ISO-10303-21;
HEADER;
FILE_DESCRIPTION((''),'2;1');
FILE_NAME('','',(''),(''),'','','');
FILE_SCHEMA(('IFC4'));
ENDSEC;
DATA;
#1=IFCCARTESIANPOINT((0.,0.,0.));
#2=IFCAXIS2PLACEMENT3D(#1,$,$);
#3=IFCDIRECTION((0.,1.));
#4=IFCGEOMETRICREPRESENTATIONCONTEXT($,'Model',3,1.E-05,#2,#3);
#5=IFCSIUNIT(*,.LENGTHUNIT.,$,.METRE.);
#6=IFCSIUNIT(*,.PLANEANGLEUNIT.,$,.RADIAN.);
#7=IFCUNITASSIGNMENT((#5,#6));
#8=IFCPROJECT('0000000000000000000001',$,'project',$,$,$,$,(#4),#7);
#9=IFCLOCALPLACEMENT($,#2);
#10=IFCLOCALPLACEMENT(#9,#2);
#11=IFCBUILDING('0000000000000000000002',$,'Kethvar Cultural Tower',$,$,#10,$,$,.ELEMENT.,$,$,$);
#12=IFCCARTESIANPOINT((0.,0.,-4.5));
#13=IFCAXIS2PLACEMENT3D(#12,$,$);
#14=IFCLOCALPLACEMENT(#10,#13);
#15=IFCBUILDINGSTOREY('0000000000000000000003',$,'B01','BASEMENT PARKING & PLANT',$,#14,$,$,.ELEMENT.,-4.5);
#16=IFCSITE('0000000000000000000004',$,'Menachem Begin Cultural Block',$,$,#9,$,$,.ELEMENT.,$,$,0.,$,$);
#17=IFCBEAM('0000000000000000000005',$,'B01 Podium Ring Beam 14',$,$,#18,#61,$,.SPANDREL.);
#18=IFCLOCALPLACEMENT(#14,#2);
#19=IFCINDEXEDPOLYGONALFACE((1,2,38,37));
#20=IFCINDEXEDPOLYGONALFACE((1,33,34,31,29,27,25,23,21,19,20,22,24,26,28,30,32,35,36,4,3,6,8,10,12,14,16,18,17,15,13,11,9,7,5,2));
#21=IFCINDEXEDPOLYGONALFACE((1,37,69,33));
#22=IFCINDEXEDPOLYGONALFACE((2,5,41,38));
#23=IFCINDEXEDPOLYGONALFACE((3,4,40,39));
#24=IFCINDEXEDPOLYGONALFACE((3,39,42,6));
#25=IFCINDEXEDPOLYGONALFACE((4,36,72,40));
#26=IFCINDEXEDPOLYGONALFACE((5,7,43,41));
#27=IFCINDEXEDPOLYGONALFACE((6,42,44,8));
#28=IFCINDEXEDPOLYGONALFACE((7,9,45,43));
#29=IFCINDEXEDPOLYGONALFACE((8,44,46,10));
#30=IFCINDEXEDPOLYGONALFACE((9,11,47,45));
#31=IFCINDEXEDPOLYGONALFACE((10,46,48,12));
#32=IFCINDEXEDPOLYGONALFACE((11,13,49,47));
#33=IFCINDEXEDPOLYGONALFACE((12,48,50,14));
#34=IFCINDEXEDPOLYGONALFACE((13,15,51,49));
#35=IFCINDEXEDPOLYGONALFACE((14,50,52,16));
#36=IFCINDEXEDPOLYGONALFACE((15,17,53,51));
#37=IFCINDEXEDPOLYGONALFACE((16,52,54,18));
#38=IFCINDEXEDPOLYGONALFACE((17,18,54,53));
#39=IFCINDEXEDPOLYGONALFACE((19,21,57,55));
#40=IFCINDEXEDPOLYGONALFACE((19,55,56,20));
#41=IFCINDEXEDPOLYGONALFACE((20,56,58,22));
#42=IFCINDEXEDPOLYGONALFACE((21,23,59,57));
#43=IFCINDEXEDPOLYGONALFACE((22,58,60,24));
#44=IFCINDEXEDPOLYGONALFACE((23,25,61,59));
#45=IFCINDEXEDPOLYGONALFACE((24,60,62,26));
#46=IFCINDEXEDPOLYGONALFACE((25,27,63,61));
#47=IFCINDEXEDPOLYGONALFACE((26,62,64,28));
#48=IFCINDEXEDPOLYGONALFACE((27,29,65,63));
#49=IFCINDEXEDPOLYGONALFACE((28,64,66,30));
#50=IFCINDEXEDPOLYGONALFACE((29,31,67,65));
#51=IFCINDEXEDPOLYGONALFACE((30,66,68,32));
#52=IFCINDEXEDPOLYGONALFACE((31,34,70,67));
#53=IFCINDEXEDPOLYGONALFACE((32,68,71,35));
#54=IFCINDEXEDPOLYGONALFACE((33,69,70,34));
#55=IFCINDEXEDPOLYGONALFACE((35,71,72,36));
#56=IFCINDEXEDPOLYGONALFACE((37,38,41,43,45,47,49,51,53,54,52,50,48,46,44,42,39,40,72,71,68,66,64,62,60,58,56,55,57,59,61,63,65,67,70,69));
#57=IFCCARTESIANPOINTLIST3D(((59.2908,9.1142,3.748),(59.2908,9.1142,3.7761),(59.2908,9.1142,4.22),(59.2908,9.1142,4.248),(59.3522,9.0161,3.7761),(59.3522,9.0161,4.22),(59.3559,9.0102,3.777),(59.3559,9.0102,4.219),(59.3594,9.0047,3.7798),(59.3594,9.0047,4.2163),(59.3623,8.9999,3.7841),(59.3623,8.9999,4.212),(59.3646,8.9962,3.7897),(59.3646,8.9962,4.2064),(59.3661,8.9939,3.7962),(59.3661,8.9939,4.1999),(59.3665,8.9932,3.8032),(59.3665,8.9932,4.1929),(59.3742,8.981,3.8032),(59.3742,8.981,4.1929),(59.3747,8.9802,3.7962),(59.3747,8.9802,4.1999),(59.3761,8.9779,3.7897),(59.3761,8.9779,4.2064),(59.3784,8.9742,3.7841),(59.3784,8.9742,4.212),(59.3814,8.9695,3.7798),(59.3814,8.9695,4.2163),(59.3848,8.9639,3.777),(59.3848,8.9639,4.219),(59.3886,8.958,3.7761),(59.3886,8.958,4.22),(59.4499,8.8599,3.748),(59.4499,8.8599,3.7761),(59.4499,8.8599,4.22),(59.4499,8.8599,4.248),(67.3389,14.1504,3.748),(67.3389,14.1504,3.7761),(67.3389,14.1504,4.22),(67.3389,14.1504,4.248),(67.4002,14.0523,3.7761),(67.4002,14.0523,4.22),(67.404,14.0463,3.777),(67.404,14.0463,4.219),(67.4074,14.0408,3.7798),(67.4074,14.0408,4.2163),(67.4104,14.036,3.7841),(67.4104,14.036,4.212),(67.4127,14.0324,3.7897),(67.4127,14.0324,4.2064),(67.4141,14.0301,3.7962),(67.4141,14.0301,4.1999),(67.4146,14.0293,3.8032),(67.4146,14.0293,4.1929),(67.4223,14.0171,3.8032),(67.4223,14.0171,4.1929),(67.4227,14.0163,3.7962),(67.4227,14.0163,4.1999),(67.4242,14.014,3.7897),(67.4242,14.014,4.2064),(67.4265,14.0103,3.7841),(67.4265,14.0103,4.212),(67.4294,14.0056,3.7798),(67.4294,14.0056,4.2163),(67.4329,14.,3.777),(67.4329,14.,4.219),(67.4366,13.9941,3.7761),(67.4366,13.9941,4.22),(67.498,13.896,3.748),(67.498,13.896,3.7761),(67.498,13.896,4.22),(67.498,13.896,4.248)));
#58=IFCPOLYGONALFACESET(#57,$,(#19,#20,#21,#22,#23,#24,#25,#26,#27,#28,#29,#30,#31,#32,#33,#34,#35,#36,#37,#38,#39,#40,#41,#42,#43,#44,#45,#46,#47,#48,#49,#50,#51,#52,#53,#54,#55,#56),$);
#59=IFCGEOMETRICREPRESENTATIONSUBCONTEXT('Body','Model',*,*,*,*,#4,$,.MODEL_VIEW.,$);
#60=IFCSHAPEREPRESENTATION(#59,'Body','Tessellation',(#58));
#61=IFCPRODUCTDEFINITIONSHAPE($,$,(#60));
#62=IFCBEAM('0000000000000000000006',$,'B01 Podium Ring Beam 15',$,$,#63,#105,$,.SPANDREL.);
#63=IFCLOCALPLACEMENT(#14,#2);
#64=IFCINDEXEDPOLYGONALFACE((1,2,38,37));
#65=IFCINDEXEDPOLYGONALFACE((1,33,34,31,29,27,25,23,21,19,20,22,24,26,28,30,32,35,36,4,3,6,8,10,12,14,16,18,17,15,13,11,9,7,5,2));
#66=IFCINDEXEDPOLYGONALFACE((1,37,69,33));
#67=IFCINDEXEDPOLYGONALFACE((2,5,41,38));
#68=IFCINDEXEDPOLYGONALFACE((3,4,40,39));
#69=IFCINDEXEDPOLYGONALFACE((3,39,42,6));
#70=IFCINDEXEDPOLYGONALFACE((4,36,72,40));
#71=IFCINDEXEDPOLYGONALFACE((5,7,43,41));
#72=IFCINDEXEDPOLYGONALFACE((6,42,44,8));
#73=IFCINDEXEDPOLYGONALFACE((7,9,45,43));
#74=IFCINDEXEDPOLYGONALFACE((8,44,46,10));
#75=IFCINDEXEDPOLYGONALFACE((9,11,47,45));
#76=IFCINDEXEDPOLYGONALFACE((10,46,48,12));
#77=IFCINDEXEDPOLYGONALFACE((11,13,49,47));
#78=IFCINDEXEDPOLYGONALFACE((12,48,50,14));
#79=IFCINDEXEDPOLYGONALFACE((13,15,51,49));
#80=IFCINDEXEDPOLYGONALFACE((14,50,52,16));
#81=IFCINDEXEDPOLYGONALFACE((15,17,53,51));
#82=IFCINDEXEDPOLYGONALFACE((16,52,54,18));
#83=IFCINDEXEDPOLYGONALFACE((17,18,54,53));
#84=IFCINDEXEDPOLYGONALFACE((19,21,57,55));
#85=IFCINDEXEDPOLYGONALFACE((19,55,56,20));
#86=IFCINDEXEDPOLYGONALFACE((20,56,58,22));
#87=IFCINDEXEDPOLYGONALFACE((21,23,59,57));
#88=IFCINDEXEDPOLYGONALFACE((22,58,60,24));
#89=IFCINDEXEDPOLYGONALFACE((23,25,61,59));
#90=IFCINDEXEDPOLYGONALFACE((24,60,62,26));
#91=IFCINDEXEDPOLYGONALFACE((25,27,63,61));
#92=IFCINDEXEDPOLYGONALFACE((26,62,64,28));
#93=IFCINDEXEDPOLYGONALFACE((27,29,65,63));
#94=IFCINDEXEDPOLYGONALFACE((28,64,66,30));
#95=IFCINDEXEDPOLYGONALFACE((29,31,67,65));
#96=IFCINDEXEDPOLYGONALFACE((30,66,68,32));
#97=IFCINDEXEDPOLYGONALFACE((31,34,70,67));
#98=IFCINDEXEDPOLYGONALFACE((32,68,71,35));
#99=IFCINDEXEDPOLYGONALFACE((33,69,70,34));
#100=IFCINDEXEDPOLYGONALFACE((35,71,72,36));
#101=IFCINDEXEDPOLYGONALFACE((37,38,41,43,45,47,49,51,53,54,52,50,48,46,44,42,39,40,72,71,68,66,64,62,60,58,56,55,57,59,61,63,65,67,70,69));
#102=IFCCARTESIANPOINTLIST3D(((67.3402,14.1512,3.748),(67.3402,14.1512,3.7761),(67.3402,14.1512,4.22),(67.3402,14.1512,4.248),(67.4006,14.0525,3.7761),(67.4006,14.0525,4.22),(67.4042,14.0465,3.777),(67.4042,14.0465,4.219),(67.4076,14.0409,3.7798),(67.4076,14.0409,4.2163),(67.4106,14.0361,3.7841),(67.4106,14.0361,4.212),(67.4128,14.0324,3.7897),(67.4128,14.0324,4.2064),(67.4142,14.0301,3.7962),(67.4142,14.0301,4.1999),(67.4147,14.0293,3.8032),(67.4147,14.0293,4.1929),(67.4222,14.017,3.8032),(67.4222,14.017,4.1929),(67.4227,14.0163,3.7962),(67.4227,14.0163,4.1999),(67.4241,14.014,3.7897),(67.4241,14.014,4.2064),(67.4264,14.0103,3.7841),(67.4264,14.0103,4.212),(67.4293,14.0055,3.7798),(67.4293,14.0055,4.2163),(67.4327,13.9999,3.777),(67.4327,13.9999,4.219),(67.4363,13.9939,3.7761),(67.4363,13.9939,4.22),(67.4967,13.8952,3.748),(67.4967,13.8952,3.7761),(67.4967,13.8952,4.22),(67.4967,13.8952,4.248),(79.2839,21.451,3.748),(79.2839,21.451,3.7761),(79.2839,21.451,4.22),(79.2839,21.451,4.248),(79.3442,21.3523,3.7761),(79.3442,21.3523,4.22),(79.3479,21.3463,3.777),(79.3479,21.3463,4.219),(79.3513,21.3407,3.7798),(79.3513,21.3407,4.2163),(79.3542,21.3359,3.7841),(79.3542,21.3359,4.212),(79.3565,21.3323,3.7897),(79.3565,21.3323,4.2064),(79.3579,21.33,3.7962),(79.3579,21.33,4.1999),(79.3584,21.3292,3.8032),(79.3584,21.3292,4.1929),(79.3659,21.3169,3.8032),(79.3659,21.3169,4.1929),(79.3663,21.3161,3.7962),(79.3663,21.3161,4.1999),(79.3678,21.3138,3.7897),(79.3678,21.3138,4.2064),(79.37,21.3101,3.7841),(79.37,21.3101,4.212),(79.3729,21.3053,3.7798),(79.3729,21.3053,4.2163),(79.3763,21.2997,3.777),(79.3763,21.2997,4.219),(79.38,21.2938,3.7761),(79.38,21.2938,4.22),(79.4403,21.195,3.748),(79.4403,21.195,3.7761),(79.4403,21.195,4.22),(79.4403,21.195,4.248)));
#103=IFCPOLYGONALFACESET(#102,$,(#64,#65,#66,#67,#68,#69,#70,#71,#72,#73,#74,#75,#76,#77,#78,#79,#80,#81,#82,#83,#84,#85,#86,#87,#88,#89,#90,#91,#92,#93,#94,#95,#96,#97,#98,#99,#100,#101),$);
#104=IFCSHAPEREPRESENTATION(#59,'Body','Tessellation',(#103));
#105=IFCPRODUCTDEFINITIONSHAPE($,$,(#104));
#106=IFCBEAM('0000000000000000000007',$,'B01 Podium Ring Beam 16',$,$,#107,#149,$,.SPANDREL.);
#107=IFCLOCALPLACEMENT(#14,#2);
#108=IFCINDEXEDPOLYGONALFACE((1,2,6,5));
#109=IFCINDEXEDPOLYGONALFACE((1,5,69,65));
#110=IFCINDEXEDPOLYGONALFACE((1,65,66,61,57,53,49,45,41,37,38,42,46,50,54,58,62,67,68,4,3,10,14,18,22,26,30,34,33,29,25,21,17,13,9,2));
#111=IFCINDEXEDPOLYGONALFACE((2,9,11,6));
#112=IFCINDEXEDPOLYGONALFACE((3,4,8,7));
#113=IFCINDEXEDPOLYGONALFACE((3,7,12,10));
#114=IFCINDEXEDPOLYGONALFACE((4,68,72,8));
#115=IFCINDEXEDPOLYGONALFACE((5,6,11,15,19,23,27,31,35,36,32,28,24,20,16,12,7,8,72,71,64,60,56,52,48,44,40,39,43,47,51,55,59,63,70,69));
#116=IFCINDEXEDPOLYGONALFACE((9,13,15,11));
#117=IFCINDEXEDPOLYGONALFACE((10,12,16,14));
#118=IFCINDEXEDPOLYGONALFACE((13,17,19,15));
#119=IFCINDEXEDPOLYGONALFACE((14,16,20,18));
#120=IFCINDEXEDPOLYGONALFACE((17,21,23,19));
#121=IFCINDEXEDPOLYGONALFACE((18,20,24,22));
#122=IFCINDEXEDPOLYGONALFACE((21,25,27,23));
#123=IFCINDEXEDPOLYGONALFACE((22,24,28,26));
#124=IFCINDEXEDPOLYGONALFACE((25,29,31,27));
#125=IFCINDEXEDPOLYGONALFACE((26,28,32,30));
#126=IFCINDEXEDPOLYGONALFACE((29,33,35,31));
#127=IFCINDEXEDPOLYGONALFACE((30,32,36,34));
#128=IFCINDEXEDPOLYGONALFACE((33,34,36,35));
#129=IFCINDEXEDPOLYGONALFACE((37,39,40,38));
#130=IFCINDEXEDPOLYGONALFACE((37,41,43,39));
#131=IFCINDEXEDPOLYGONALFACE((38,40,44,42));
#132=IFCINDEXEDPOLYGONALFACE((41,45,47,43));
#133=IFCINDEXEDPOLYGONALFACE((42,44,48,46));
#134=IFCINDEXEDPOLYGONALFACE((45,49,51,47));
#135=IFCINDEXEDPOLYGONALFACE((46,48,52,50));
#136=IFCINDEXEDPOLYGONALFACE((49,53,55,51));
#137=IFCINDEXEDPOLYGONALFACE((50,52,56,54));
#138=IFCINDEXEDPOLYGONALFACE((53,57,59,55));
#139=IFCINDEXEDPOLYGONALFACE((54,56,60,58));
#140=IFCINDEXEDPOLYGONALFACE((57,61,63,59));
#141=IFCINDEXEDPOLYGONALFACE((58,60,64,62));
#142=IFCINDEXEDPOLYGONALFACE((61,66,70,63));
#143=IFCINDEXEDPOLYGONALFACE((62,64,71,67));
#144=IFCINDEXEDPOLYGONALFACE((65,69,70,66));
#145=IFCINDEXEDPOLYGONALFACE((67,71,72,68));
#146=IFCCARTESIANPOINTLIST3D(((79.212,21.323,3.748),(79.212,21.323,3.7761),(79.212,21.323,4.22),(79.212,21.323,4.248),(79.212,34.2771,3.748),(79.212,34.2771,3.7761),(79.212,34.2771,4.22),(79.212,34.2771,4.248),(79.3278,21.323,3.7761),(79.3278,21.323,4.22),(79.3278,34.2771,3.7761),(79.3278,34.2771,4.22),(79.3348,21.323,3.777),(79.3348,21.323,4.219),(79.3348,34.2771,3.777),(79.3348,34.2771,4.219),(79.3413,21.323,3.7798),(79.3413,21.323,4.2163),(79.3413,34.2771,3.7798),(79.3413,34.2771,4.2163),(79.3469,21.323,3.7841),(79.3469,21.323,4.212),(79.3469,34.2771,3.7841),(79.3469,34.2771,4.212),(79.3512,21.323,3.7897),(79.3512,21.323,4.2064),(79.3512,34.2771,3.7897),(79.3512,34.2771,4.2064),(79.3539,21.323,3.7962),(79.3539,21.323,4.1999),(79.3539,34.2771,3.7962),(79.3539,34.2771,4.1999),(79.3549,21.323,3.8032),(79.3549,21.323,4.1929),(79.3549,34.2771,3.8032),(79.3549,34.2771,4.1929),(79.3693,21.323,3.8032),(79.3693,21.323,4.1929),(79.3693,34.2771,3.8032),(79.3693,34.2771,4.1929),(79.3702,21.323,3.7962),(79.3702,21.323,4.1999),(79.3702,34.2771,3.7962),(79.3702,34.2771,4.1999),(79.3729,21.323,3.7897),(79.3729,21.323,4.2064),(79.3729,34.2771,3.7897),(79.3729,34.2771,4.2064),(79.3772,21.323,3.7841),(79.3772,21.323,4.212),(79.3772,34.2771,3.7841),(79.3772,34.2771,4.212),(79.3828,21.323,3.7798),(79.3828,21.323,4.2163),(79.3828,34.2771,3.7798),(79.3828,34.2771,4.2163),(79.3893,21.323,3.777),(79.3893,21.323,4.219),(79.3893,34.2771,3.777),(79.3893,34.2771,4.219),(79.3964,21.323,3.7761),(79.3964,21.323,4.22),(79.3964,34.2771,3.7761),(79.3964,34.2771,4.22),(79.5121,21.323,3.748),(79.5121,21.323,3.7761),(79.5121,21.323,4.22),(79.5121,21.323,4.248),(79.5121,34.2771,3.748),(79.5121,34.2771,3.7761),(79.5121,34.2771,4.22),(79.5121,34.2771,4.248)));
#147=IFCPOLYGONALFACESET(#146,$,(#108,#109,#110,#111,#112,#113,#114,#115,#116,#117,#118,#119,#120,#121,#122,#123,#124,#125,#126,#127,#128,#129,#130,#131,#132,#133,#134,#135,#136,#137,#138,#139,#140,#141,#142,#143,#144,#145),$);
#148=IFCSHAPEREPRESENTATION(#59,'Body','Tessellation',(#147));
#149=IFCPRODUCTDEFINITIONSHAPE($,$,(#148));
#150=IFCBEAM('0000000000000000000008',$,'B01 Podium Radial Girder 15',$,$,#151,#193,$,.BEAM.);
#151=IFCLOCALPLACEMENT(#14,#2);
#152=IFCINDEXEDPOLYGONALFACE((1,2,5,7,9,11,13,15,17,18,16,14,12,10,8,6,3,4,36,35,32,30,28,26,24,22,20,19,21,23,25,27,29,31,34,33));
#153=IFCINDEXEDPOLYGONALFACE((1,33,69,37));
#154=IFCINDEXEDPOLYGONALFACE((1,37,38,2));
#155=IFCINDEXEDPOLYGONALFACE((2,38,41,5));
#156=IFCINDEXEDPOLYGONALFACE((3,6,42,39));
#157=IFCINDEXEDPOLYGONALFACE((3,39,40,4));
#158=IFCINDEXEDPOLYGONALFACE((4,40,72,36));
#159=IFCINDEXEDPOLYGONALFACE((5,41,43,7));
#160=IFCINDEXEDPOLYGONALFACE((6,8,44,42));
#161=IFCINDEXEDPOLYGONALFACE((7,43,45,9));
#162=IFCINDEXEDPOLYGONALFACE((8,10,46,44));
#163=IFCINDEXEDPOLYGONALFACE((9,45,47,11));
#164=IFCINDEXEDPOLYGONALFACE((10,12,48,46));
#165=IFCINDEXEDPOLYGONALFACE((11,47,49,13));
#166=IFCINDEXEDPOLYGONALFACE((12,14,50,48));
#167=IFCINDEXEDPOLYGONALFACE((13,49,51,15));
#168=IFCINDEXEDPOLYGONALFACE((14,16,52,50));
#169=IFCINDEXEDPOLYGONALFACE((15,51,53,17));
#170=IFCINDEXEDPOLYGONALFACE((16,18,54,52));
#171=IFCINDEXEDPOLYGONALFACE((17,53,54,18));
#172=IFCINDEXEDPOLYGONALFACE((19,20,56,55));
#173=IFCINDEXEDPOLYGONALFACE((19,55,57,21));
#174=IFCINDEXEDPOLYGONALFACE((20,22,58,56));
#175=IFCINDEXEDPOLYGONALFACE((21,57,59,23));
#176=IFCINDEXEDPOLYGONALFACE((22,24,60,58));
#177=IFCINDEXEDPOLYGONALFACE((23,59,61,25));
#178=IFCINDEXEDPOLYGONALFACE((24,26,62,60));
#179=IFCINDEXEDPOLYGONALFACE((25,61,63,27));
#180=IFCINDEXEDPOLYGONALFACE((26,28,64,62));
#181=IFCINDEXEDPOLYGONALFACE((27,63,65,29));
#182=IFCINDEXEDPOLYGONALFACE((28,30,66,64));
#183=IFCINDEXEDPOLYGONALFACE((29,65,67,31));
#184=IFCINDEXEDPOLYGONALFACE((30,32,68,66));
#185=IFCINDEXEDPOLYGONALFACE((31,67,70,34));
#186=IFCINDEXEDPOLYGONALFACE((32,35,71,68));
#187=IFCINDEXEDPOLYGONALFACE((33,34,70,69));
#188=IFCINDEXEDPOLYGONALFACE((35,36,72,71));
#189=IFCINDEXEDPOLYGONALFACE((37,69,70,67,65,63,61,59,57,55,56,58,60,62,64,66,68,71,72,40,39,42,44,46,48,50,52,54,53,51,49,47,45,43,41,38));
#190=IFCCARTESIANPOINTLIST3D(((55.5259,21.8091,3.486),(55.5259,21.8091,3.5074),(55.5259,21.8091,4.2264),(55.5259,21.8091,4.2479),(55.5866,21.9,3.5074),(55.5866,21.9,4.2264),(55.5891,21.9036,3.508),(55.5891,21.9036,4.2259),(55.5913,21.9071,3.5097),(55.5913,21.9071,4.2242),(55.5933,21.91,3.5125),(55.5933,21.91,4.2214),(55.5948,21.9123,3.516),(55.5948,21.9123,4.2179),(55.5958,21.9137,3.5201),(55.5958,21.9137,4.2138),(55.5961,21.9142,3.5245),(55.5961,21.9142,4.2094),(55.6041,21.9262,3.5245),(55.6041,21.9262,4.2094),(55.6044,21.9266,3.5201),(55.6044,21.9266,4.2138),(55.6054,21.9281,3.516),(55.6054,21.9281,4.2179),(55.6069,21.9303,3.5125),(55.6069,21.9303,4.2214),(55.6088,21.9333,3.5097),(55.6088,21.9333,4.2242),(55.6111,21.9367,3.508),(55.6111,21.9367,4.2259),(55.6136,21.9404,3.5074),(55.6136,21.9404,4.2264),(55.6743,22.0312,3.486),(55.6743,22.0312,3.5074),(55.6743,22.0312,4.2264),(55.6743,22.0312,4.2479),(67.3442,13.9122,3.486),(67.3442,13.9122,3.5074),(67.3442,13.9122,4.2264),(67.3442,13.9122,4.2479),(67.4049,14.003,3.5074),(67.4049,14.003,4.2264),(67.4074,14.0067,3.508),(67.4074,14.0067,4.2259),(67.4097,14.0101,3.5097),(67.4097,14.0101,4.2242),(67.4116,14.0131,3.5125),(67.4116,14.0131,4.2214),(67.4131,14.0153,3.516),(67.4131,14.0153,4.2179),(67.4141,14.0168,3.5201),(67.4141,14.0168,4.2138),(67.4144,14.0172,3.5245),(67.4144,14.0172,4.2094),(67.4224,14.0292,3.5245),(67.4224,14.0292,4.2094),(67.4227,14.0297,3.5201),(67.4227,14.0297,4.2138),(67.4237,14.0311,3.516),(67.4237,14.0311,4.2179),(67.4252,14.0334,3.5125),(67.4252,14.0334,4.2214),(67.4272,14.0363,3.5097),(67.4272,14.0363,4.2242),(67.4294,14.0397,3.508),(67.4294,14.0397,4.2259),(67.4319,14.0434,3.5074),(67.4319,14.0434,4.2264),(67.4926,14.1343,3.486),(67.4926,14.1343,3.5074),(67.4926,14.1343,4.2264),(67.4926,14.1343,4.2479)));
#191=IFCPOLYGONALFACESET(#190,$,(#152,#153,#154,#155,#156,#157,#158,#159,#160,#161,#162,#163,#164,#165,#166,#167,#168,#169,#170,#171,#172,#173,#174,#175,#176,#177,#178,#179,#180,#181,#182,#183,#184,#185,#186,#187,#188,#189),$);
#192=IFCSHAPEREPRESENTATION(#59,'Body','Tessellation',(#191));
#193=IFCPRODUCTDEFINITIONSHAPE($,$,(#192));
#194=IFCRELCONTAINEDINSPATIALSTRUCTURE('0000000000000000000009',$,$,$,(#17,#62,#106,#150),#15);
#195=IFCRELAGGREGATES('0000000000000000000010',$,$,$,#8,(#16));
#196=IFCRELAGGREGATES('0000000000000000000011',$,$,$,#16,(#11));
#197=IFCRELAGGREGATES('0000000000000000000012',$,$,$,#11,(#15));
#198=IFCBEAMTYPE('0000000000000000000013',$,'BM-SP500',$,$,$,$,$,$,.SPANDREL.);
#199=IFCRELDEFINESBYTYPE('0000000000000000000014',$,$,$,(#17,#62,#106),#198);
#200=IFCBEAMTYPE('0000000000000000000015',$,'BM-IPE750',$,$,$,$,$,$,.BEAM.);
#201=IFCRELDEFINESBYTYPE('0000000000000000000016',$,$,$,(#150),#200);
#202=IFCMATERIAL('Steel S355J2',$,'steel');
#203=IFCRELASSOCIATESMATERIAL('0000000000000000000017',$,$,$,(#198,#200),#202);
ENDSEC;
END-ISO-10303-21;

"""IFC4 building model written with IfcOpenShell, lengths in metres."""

from ifc_helpers import new_model, si_unit, direction, frame, origin, origin_2d, place, context, subcontext, project, spatial, i_section, extrude, source, transform, mapped, material, material_profile, profile_set, type_object, element, save


model = new_model("IFC4")

# Units and contexts
model_context = context("Model", 3, precision=1e-05, world=origin(), true_north=direction((0.0, 1.0)))
body_context = subcontext(model_context, "Body", "Model", "MODEL_VIEW")
ifc_project = project(units=[si_unit("LENGTHUNIT", "METRE"), si_unit("PLANEANGLEUNIT", "RADIAN")], contexts=[model_context])

# Site, building, storey
site_placement = place(None, origin())
site = spatial("IfcSite", under=ifc_project, at=site_placement, Name="Menachem Begin Cultural Block", CompositionType="ELEMENT", RefElevation=0.0)
building_placement = place(site_placement, origin())
building = spatial("IfcBuilding", under=site, at=building_placement, Name="Kethvar Cultural Tower", CompositionType="ELEMENT")
storey_placement = place(building_placement, frame((0.0, 0.0, -4.5)))
storey = spatial("IfcBuildingStorey", under=building, at=storey_placement, Name="B01", Description="BASEMENT PARKING & PLANT", CompositionType="ELEMENT", Elevation=-4.5)

# Beams
ifc_material_1 = material(Name="Steel S355J2", Category="steel")
ifc_material_profile_1 = material_profile(ifc_material_1, i_section(OverallWidth=0.3, OverallDepth=0.5, WebThickness=0.0144, FlangeThickness=0.0281, FilletRadius=0.0271, at=origin_2d()), Name="Steel S355J2 — HEB500")
ifc_profile_set_1 = profile_set([ifc_material_profile_1], Name="Steel S355J2 — HEB500")
beam_type_1 = type_object("IfcBeamType", Name="BM-SP500", PredefinedType="SPANDREL", material=ifc_profile_set_1)
shared_shape_1 = source(origin(), body_context, "Body", "SweptSolid", [
    extrude(i_section(OverallWidth=0.3, OverallDepth=0.5, WebThickness=0.0144, FlangeThickness=0.0281, FilletRadius=0.0271, at=origin_2d()), origin(), (0.0, 0.0, 1.0), 9.4939),
])
beam_1_placement = place(storey_placement, frame((59.3704, 8.9871, 3.998), z_axis=(0.847711, 0.530459, 0.0), x_axis=(-0.530459, 0.847711, 0.0)))
element("IfcBeam", 1, at=beam_1_placement, inside=storey, type_object=beam_type_1, Name="B01 Podium Ring Beam 14", PredefinedType="SPANDREL", context=body_context, shape_type="MappedRepresentation", body=[
    mapped(shared_shape_1, transform((0.0, 0.0, 0.0), scale=1.0)),
])
shared_shape_2 = source(origin(), body_context, "Body", "SweptSolid", [
    extrude(i_section(OverallWidth=0.3, OverallDepth=0.5, WebThickness=0.0144, FlangeThickness=0.0281, FilletRadius=0.0271, at=origin_2d()), origin(), (0.0, 0.0, 1.0), 13.9978),
])
beam_2_placement = place(storey_placement, frame((67.4185, 14.0232, 3.998), z_axis=(0.853252, 0.521499, 0.0), x_axis=(-0.521499, 0.853252, 0.0)))
element("IfcBeam", 2, at=beam_2_placement, inside=storey, type_object=beam_type_1, Name="B01 Podium Ring Beam 15", PredefinedType="SPANDREL", context=body_context, shape_type="MappedRepresentation", body=[
    mapped(shared_shape_2, transform((0.0, 0.0, 0.0), scale=1.0)),
])
shared_shape_3 = source(origin(), body_context, "Body", "SweptSolid", [
    extrude(i_section(OverallWidth=0.3, OverallDepth=0.5, WebThickness=0.0144, FlangeThickness=0.0281, FilletRadius=0.0271, at=origin_2d()), origin(), (0.0, 0.0, 1.0), 12.9541),
])
beam_3_placement = place(storey_placement, frame((79.3621, 21.323, 3.998), z_axis=(0.0, 1.0, 0.0), x_axis=(-1.0, 0.0, 0.0)))
element("IfcBeam", 3, at=beam_3_placement, inside=storey, type_object=beam_type_1, Name="B01 Podium Ring Beam 16", PredefinedType="SPANDREL", context=body_context, shape_type="MappedRepresentation", body=[
    mapped(shared_shape_3, transform((0.0, 0.0, 0.0), scale=1.0)),
])
ifc_material_profile_2 = material_profile(ifc_material_1, i_section(OverallWidth=0.2671, OverallDepth=0.762, WebThickness=0.0144, FlangeThickness=0.0215, FilletRadius=0.0171, at=origin_2d()), Name="Steel S355J2 — IPE750x173")
ifc_profile_set_2 = profile_set([ifc_material_profile_2], Name="Steel S355J2 — IPE750x173")
beam_type_2 = type_object("IfcBeamType", Name="BM-IPE750", PredefinedType="BEAM", material=ifc_profile_set_2)
shared_shape_4 = source(origin(), body_context, "Body", "SweptSolid", [
    extrude(i_section(OverallWidth=0.2671, OverallDepth=0.762, WebThickness=0.0144, FlangeThickness=0.0215, FilletRadius=0.0171, at=origin_2d()), origin(), (0.0, 0.0, 1.0), 14.2139),
])
beam_4_placement = place(storey_placement, frame((55.6001, 21.9202, 3.8669), z_axis=(0.831463, -0.55558, 0.0), x_axis=(0.55558, 0.831463, 0.0)))
element("IfcBeam", 4, at=beam_4_placement, inside=storey, type_object=beam_type_2, Name="B01 Podium Radial Girder 15", PredefinedType="BEAM", context=body_context, shape_type="MappedRepresentation", body=[
    mapped(shared_shape_4, transform((0.0, 0.0, 0.0), scale=1.0)),
])

save(model, "model.ifc")
